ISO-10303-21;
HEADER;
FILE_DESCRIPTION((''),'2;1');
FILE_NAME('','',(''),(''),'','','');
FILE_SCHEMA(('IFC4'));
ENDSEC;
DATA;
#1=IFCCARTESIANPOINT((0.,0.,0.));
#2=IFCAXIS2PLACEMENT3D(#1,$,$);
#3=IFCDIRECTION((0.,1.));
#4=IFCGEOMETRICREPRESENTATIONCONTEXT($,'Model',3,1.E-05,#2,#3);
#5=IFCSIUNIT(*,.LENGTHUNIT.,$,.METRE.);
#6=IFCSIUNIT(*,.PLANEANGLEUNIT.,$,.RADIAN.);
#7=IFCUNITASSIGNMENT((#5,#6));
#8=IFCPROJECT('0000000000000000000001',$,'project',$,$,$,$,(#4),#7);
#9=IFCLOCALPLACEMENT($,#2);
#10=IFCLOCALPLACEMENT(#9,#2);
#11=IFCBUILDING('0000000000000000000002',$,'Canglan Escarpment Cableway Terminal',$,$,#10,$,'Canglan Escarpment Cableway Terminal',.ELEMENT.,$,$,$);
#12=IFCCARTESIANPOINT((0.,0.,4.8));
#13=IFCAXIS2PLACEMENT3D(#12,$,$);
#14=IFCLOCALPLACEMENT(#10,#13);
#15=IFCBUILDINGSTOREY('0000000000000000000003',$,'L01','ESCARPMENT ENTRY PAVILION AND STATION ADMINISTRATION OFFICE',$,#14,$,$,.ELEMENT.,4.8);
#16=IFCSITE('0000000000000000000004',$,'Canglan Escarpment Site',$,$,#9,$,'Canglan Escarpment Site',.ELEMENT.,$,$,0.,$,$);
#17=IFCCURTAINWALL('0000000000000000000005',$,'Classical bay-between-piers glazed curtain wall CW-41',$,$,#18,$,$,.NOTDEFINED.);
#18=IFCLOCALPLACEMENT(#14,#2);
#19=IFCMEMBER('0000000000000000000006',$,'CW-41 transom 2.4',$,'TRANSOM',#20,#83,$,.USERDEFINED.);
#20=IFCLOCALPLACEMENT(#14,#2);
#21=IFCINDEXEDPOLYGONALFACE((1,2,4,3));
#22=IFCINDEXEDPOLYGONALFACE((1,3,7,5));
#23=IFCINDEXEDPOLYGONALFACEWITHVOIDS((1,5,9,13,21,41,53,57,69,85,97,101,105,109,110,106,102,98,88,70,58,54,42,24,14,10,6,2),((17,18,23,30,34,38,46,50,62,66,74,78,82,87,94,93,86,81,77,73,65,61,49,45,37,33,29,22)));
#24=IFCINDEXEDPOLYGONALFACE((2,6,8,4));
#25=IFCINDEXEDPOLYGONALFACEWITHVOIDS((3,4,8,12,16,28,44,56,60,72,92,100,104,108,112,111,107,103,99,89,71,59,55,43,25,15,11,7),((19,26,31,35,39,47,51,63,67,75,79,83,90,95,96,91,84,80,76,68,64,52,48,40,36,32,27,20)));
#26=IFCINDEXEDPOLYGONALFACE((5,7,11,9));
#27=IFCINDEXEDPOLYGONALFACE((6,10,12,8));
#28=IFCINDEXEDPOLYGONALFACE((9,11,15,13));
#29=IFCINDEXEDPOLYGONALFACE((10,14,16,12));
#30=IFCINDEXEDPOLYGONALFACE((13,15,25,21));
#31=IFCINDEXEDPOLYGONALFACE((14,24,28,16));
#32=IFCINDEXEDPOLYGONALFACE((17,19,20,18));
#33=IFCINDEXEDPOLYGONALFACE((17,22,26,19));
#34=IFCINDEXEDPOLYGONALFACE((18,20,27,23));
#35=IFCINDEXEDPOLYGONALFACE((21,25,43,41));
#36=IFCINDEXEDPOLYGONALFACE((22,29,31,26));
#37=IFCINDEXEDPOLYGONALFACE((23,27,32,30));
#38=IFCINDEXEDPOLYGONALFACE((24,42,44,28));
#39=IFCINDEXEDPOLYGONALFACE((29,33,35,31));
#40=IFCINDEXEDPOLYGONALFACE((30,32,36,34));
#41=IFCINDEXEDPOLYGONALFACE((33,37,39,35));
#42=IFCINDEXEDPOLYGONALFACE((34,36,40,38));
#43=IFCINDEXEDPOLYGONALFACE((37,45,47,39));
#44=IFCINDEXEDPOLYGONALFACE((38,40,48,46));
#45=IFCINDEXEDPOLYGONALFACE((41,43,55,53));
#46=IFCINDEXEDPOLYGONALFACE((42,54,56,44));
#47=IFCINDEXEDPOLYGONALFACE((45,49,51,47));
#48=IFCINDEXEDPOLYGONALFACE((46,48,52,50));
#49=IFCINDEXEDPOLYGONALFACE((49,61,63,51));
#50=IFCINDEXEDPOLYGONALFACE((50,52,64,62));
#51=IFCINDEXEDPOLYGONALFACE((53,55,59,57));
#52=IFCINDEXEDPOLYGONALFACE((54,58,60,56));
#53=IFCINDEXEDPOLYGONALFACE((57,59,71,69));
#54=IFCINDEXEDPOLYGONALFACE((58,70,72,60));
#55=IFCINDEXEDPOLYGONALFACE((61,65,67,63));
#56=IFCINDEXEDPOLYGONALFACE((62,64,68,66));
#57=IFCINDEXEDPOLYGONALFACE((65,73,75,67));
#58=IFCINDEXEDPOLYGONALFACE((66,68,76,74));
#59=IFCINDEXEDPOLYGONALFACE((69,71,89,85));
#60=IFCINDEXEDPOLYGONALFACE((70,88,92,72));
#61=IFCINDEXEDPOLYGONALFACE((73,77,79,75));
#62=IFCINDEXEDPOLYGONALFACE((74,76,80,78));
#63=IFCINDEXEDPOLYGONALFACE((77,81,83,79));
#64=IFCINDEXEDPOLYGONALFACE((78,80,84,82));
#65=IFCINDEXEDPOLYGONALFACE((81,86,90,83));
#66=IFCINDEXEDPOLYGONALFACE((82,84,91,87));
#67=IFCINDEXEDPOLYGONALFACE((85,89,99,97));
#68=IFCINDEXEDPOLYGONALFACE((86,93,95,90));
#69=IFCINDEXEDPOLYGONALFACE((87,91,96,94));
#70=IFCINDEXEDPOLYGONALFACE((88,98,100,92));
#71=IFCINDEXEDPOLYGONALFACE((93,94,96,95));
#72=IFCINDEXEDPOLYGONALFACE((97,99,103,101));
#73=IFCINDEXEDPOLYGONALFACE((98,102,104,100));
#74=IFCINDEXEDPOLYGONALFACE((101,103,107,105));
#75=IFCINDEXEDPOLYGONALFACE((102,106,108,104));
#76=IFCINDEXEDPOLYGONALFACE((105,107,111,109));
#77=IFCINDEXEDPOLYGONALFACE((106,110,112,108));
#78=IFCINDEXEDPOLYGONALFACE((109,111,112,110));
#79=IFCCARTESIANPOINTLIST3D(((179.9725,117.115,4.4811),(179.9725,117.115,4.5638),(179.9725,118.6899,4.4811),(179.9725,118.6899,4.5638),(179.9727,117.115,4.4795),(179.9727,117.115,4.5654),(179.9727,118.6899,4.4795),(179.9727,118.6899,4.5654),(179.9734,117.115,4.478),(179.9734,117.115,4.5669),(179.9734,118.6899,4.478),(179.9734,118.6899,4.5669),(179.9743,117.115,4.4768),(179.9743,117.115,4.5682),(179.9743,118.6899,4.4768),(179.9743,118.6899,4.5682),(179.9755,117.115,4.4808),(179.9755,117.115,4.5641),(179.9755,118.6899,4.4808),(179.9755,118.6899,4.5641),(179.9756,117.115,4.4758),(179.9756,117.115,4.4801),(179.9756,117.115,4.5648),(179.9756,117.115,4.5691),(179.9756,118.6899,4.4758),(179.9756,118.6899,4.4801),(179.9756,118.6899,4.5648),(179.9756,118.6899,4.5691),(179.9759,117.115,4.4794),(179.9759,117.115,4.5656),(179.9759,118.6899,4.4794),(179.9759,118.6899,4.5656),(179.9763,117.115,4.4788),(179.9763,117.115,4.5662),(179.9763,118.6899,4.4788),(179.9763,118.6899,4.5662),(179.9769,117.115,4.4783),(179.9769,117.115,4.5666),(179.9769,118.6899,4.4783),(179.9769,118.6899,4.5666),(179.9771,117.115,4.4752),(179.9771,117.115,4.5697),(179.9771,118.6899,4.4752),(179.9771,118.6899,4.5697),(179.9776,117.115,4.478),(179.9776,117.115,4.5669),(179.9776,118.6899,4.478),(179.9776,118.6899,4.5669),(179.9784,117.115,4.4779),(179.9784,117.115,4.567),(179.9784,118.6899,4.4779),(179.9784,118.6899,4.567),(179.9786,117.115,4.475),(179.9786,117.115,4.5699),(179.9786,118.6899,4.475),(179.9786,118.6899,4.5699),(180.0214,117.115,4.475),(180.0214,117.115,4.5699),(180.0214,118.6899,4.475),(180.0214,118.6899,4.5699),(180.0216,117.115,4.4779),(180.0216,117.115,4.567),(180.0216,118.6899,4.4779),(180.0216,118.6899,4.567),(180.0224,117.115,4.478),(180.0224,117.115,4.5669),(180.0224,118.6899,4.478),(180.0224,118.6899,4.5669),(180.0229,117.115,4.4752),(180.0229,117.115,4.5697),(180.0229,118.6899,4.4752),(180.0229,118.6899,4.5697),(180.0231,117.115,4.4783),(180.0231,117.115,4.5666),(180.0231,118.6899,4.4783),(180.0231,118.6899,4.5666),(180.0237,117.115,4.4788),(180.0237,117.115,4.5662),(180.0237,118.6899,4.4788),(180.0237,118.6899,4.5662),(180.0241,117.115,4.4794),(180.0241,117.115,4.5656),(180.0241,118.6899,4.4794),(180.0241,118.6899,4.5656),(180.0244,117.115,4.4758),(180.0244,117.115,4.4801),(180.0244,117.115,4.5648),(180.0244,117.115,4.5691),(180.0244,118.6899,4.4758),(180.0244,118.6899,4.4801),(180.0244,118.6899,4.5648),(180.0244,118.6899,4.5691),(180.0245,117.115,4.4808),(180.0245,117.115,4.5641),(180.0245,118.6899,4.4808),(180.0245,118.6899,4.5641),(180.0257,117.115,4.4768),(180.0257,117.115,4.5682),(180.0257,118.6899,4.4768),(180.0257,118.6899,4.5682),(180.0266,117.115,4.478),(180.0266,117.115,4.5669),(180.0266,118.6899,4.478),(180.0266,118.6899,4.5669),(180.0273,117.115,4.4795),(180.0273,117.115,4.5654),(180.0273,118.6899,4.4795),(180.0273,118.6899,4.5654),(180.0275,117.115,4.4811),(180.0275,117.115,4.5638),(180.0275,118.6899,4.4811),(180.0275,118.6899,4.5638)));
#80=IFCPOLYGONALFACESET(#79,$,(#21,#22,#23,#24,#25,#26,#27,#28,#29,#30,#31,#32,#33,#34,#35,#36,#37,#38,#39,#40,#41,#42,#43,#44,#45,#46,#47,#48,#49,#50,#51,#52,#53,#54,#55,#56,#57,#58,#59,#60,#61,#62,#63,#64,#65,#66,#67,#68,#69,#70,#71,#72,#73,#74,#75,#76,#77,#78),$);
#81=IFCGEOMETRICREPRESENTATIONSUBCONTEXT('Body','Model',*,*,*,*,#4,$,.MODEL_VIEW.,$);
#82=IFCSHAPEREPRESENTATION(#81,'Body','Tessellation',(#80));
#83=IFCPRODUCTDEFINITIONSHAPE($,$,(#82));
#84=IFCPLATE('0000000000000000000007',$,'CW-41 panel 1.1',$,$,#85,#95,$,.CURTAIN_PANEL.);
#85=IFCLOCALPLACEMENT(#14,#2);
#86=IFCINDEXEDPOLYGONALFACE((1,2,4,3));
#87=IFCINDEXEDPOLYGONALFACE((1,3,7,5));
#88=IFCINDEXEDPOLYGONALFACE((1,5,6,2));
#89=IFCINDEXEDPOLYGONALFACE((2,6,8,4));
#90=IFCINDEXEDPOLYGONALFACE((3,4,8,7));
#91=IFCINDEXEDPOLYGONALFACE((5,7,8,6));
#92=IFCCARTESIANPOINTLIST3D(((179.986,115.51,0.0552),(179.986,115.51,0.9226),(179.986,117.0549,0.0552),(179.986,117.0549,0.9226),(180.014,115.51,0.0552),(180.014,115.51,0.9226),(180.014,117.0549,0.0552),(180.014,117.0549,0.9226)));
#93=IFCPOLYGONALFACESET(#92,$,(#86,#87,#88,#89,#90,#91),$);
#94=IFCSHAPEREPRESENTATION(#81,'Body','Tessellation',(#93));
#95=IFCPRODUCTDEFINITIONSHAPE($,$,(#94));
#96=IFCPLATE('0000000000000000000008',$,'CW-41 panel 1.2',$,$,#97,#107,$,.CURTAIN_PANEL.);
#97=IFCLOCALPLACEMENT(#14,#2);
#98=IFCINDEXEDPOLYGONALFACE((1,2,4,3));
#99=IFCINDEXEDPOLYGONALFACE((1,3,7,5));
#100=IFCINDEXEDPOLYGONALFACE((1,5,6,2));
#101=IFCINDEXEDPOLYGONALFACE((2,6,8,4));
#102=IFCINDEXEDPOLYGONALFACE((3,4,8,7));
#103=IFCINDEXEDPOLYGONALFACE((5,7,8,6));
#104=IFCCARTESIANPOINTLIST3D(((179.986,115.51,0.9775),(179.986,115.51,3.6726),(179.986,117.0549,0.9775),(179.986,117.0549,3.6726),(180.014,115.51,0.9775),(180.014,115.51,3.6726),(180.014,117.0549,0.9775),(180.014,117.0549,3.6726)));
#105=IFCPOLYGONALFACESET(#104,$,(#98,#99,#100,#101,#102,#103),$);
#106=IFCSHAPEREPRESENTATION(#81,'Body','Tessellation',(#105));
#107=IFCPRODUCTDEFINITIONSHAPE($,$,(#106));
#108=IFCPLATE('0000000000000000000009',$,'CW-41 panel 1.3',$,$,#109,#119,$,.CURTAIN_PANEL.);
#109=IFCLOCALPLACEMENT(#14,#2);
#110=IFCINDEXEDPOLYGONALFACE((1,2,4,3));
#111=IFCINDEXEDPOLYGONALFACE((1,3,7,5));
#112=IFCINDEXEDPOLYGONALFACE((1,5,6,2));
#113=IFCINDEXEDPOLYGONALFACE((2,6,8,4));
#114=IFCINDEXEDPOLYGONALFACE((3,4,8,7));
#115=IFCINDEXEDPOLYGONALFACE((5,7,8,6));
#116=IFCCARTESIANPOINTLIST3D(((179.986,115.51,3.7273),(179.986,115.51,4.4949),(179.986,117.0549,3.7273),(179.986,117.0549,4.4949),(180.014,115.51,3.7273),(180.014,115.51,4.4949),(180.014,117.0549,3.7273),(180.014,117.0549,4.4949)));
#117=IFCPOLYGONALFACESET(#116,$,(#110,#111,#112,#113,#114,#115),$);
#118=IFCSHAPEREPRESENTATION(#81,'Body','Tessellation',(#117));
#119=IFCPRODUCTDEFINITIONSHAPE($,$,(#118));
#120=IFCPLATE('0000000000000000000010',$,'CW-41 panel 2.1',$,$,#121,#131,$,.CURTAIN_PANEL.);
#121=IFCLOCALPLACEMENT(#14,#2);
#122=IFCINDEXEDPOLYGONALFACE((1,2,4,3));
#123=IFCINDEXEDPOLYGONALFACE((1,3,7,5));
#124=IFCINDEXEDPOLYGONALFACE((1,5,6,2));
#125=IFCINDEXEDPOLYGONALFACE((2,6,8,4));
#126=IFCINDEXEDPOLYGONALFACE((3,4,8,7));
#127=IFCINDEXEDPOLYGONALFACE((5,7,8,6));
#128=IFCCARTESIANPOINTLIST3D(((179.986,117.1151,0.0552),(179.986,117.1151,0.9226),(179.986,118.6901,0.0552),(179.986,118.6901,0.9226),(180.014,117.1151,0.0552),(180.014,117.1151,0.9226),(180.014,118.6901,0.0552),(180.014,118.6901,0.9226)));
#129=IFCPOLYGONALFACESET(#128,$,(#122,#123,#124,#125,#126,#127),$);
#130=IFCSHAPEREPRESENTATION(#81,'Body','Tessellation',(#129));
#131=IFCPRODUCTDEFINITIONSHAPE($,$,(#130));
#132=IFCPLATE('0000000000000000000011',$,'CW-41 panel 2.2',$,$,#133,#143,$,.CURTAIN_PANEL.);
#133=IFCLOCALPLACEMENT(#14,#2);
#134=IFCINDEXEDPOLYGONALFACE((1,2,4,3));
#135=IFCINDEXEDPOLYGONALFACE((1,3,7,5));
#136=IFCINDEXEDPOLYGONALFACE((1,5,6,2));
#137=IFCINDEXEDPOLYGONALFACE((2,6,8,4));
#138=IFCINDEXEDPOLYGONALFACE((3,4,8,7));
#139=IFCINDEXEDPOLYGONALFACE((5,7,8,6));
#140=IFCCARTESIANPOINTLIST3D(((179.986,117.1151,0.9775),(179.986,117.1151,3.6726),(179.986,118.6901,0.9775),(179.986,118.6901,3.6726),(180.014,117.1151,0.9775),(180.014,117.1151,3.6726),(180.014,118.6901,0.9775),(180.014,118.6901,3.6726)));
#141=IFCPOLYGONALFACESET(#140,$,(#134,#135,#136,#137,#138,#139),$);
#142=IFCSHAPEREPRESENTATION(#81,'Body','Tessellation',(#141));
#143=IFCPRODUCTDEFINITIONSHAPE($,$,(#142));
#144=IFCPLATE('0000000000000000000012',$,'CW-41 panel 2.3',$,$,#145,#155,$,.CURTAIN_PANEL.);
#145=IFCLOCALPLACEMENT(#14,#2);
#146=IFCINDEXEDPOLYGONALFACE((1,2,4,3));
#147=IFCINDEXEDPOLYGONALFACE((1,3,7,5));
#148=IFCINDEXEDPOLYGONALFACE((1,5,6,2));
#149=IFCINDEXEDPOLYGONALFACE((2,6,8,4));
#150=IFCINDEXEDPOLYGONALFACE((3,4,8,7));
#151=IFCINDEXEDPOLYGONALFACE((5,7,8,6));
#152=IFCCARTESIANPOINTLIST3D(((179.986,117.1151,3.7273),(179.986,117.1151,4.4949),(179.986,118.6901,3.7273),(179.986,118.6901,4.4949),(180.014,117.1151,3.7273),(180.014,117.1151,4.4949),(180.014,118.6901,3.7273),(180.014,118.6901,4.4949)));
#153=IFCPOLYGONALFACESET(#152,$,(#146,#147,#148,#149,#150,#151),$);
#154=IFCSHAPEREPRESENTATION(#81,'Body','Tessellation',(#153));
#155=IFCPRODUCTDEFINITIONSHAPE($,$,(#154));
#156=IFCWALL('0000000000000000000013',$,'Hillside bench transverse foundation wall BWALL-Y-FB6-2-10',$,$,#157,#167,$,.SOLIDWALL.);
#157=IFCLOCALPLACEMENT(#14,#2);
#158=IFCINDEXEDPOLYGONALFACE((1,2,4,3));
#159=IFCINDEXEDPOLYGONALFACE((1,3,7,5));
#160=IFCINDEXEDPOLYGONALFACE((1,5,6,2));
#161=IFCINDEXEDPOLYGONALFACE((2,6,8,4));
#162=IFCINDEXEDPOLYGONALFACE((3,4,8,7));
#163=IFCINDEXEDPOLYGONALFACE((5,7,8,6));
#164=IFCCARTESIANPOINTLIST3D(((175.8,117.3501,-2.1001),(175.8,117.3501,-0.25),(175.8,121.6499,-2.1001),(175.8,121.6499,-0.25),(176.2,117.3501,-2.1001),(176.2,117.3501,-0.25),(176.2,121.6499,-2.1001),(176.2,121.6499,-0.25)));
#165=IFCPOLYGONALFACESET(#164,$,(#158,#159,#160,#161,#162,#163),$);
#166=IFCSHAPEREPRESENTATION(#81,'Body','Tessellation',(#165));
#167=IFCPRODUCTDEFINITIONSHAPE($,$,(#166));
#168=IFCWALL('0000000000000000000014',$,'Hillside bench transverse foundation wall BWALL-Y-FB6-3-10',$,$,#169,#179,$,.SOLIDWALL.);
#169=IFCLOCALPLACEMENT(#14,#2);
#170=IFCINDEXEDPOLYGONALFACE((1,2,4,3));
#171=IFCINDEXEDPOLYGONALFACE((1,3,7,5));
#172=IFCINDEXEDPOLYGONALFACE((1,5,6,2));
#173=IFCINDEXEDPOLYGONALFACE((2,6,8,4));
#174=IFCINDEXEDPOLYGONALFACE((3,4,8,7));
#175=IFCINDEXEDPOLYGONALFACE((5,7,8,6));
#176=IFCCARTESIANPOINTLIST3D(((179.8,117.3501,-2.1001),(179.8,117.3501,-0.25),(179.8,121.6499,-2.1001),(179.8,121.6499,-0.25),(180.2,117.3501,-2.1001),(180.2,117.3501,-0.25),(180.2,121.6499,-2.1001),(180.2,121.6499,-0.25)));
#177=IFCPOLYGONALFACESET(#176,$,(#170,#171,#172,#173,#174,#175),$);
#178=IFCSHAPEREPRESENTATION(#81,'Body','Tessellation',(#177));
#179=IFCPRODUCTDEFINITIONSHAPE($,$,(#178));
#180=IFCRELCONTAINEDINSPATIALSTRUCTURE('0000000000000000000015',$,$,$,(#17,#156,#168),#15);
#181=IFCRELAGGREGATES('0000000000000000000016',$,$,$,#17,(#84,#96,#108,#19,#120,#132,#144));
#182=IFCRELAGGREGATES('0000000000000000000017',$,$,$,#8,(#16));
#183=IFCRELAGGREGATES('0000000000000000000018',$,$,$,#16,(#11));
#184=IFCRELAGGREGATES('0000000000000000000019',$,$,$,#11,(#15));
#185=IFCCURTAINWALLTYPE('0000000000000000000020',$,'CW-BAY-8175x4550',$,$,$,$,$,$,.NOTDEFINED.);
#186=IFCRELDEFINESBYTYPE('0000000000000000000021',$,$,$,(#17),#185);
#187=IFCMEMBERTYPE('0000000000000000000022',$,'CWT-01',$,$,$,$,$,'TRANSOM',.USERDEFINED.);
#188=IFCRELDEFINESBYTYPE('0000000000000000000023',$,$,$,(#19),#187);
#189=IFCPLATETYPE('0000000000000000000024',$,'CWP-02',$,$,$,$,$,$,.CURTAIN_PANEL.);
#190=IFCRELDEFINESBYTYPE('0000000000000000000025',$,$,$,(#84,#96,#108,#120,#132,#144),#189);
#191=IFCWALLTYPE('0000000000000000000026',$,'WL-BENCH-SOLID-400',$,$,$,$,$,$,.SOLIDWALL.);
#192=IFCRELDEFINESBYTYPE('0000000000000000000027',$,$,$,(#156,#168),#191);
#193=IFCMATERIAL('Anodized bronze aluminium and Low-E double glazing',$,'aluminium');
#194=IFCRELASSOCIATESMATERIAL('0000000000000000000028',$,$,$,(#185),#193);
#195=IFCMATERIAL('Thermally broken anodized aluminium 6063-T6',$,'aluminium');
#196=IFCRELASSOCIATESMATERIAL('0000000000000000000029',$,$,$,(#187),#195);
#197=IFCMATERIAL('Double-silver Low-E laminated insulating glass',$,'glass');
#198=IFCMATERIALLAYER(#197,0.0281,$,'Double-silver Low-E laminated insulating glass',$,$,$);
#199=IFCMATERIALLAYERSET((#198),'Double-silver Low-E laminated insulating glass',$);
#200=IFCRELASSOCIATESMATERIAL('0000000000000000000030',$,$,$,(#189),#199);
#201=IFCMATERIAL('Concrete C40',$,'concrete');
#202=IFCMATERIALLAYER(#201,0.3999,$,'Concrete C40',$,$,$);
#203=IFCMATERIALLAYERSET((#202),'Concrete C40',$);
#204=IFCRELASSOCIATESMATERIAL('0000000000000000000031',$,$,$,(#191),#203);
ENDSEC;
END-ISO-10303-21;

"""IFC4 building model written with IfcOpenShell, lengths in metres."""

from ifc_helpers import new_model, si_unit, direction, frame, frame_2d, origin, origin_2d, place, context, subcontext, project, spatial, rectangle, hollow_rectangle, extrude, material, layer, layer_set, material_profile, profile_set, type_object, element, aggregate, save


model = new_model("IFC4")

# Units and contexts
model_context = context("Model", 3, precision=1e-05, world=origin(), true_north=direction((0.0, 1.0)))
body_context = subcontext(model_context, "Body", "Model", "MODEL_VIEW")
ifc_project = project(units=[si_unit("LENGTHUNIT", "METRE"), si_unit("PLANEANGLEUNIT", "RADIAN")], contexts=[model_context])

# Site, building, storey
site_placement = place(None, origin())
site = spatial("IfcSite", under=ifc_project, at=site_placement, Name="Canglan Escarpment Site", LongName="Canglan Escarpment Site", CompositionType="ELEMENT", RefElevation=0.0)
building_placement = place(site_placement, origin())
building = spatial("IfcBuilding", under=site, at=building_placement, Name="Canglan Escarpment Cableway Terminal", LongName="Canglan Escarpment Cableway Terminal", CompositionType="ELEMENT")
storey_placement = place(building_placement, frame((0.0, 0.0, 4.8)))
storey = spatial("IfcBuildingStorey", under=building, at=storey_placement, Name="L01", Description="ESCARPMENT ENTRY PAVILION AND STATION ADMINISTRATION OFFICE", CompositionType="ELEMENT", Elevation=4.8)

# Shared definitions
ifc_material_1 = material(Name="Concrete C40", Category="concrete")

# Curtain wall, member, plates
ifc_material_2 = material(Name="Anodized bronze aluminium and Low-E double glazing", Category="aluminium")
curtain_wall_type = type_object("IfcCurtainWallType", Name="CW-BAY-8175x4550", PredefinedType="NOTDEFINED", material=ifc_material_2)
curtain_wall_placement = place(storey_placement, origin())
curtain_wall = element("IfcCurtainWall", 1, at=curtain_wall_placement, inside=storey, type_object=curtain_wall_type, Name="Classical bay-between-piers glazed curtain wall CW-41", PredefinedType="NOTDEFINED")
ifc_material_3 = material(Name="Thermally broken anodized aluminium 6063-T6", Category="aluminium")
ifc_material_profile_1 = material_profile(ifc_material_3, hollow_rectangle(XDim=0.0549, YDim=0.095, WallThickness=0.0029, InnerFilletRadius=0.0029, OuterFilletRadius=0.0061, at=origin_2d()), Name="ALU-TRAN 55x95x3")
ifc_profile_set_1 = profile_set([ifc_material_profile_1], Name="Thermally broken anodized aluminium 6063-T6")
member_type_1 = type_object("IfcMemberType", Name="CWT-01", ElementType="TRANSOM", PredefinedType="USERDEFINED", material=ifc_profile_set_1)
member_1_placement = place(storey_placement, frame((180.0, 117.115, 4.5225), z_axis=(0.0, 1.0, 0.0), x_axis=(-1.0, 0.0, 0.0)))
member_1 = element("IfcMember", 2, at=member_1_placement, type_object=member_type_1, Name="CW-41 transom 2.4", ObjectType="TRANSOM", PredefinedType="USERDEFINED", context=body_context, shape_type="SweptSolid", body=[
    extrude(hollow_rectangle(XDim=0.0549, YDim=0.095, WallThickness=0.0029, InnerFilletRadius=0.0029, OuterFilletRadius=0.0061, at=origin_2d()), origin(), (0.0, 0.0, 1.0), 1.575),
])
ifc_material_4 = material(Name="Double-silver Low-E laminated insulating glass", Category="glass")
ifc_layer_1 = layer(ifc_material_4, 0.0281, Name="Double-silver Low-E laminated insulating glass")
ifc_layer_set_1 = layer_set([ifc_layer_1], Name="Double-silver Low-E laminated insulating glass")
plate_type = type_object("IfcPlateType", Name="CWP-02", PredefinedType="CURTAIN_PANEL", material=ifc_layer_set_1)
plate_1_placement = place(storey_placement, frame((180.0, 116.2825, 0.0552), z_axis=(0.0, 0.0, 1.0), x_axis=(0.0, 1.0, 0.0)))
plate_1 = element("IfcPlate", 3, at=plate_1_placement, type_object=plate_type, Name="CW-41 panel 1.1", PredefinedType="CURTAIN_PANEL", context=body_context, shape_type="SweptSolid", body=[
    extrude(rectangle(XDim=1.5449, YDim=0.0281, at=origin_2d()), origin(), (0.0, 0.0, 1.0), 0.8674),
])
plate_2_placement = place(storey_placement, frame((180.0, 116.2825, 0.9775), z_axis=(0.0, 0.0, 1.0), x_axis=(0.0, 1.0, 0.0)))
plate_2 = element("IfcPlate", 4, at=plate_2_placement, type_object=plate_type, Name="CW-41 panel 1.2", PredefinedType="CURTAIN_PANEL", context=body_context, shape_type="SweptSolid", body=[
    extrude(rectangle(XDim=1.5449, YDim=0.0281, at=origin_2d()), origin(), (0.0, 0.0, 1.0), 2.6951),
])
plate_3_placement = place(storey_placement, frame((180.0, 116.2825, 3.7273), z_axis=(0.0, 0.0, 1.0), x_axis=(0.0, 1.0, 0.0)))
plate_3 = element("IfcPlate", 5, at=plate_3_placement, type_object=plate_type, Name="CW-41 panel 1.3", PredefinedType="CURTAIN_PANEL", context=body_context, shape_type="SweptSolid", body=[
    extrude(rectangle(XDim=1.5449, YDim=0.0281, at=origin_2d()), origin(), (0.0, 0.0, 1.0), 0.7676),
])
plate_4_placement = place(storey_placement, frame((180.0, 117.9026, 0.0552), z_axis=(0.0, 0.0, 1.0), x_axis=(0.0, 1.0, 0.0)))
plate_4 = element("IfcPlate", 6, at=plate_4_placement, type_object=plate_type, Name="CW-41 panel 2.1", PredefinedType="CURTAIN_PANEL", context=body_context, shape_type="SweptSolid", body=[
    extrude(rectangle(XDim=1.575, YDim=0.0281, at=origin_2d()), origin(), (0.0, 0.0, 1.0), 0.8674),
])
plate_5_placement = place(storey_placement, frame((180.0, 117.9026, 0.9775), z_axis=(0.0, 0.0, 1.0), x_axis=(0.0, 1.0, 0.0)))
plate_5 = element("IfcPlate", 7, at=plate_5_placement, type_object=plate_type, Name="CW-41 panel 2.2", PredefinedType="CURTAIN_PANEL", context=body_context, shape_type="SweptSolid", body=[
    extrude(rectangle(XDim=1.575, YDim=0.0281, at=origin_2d()), origin(), (0.0, 0.0, 1.0), 2.6951),
])
plate_6_placement = place(storey_placement, frame((180.0, 117.9026, 3.7273), z_axis=(0.0, 0.0, 1.0), x_axis=(0.0, 1.0, 0.0)))
plate_6 = element("IfcPlate", 8, at=plate_6_placement, type_object=plate_type, Name="CW-41 panel 2.3", PredefinedType="CURTAIN_PANEL", context=body_context, shape_type="SweptSolid", body=[
    extrude(rectangle(XDim=1.575, YDim=0.0281, at=origin_2d()), origin(), (0.0, 0.0, 1.0), 0.7676),
])
aggregate(curtain_wall, [plate_1, plate_2, plate_3, member_1, plate_4, plate_5, plate_6])

# Walls
ifc_layer_2 = layer(ifc_material_1, 0.3999, Name="Concrete C40")
ifc_layer_set_2 = layer_set([ifc_layer_2], Name="Concrete C40")
wall_type = type_object("IfcWallType", Name="WL-BENCH-SOLID-400", PredefinedType="SOLIDWALL", material=ifc_layer_set_2)
for number, where, z_axis, x_axis, name in (
    (9, (176.0, 117.3501, -2.1001), (0.0, 0.0, 1.0), (0.0, 1.0, 0.0), "Hillside bench transverse foundation wall BWALL-Y-FB6-2-10"),
    (10, (180.0, 117.3501, -2.1001), (0.0, 0.0, 1.0), (0.0, 1.0, 0.0), "Hillside bench transverse foundation wall BWALL-Y-FB6-3-10"),
):
    element("IfcWall", number, at=place(storey_placement, frame(where, z_axis=z_axis, x_axis=x_axis)), inside=storey, type_object=wall_type, Name=name, PredefinedType="SOLIDWALL", context=body_context, shape_type="SweptSolid", body=[
        extrude(rectangle(XDim=4.2998, YDim=0.3999, at=frame_2d((2.1499, 0.0))), origin(), (0.0, 0.0, 1.0), 1.8501),
    ])

save(model, "model.ifc")
